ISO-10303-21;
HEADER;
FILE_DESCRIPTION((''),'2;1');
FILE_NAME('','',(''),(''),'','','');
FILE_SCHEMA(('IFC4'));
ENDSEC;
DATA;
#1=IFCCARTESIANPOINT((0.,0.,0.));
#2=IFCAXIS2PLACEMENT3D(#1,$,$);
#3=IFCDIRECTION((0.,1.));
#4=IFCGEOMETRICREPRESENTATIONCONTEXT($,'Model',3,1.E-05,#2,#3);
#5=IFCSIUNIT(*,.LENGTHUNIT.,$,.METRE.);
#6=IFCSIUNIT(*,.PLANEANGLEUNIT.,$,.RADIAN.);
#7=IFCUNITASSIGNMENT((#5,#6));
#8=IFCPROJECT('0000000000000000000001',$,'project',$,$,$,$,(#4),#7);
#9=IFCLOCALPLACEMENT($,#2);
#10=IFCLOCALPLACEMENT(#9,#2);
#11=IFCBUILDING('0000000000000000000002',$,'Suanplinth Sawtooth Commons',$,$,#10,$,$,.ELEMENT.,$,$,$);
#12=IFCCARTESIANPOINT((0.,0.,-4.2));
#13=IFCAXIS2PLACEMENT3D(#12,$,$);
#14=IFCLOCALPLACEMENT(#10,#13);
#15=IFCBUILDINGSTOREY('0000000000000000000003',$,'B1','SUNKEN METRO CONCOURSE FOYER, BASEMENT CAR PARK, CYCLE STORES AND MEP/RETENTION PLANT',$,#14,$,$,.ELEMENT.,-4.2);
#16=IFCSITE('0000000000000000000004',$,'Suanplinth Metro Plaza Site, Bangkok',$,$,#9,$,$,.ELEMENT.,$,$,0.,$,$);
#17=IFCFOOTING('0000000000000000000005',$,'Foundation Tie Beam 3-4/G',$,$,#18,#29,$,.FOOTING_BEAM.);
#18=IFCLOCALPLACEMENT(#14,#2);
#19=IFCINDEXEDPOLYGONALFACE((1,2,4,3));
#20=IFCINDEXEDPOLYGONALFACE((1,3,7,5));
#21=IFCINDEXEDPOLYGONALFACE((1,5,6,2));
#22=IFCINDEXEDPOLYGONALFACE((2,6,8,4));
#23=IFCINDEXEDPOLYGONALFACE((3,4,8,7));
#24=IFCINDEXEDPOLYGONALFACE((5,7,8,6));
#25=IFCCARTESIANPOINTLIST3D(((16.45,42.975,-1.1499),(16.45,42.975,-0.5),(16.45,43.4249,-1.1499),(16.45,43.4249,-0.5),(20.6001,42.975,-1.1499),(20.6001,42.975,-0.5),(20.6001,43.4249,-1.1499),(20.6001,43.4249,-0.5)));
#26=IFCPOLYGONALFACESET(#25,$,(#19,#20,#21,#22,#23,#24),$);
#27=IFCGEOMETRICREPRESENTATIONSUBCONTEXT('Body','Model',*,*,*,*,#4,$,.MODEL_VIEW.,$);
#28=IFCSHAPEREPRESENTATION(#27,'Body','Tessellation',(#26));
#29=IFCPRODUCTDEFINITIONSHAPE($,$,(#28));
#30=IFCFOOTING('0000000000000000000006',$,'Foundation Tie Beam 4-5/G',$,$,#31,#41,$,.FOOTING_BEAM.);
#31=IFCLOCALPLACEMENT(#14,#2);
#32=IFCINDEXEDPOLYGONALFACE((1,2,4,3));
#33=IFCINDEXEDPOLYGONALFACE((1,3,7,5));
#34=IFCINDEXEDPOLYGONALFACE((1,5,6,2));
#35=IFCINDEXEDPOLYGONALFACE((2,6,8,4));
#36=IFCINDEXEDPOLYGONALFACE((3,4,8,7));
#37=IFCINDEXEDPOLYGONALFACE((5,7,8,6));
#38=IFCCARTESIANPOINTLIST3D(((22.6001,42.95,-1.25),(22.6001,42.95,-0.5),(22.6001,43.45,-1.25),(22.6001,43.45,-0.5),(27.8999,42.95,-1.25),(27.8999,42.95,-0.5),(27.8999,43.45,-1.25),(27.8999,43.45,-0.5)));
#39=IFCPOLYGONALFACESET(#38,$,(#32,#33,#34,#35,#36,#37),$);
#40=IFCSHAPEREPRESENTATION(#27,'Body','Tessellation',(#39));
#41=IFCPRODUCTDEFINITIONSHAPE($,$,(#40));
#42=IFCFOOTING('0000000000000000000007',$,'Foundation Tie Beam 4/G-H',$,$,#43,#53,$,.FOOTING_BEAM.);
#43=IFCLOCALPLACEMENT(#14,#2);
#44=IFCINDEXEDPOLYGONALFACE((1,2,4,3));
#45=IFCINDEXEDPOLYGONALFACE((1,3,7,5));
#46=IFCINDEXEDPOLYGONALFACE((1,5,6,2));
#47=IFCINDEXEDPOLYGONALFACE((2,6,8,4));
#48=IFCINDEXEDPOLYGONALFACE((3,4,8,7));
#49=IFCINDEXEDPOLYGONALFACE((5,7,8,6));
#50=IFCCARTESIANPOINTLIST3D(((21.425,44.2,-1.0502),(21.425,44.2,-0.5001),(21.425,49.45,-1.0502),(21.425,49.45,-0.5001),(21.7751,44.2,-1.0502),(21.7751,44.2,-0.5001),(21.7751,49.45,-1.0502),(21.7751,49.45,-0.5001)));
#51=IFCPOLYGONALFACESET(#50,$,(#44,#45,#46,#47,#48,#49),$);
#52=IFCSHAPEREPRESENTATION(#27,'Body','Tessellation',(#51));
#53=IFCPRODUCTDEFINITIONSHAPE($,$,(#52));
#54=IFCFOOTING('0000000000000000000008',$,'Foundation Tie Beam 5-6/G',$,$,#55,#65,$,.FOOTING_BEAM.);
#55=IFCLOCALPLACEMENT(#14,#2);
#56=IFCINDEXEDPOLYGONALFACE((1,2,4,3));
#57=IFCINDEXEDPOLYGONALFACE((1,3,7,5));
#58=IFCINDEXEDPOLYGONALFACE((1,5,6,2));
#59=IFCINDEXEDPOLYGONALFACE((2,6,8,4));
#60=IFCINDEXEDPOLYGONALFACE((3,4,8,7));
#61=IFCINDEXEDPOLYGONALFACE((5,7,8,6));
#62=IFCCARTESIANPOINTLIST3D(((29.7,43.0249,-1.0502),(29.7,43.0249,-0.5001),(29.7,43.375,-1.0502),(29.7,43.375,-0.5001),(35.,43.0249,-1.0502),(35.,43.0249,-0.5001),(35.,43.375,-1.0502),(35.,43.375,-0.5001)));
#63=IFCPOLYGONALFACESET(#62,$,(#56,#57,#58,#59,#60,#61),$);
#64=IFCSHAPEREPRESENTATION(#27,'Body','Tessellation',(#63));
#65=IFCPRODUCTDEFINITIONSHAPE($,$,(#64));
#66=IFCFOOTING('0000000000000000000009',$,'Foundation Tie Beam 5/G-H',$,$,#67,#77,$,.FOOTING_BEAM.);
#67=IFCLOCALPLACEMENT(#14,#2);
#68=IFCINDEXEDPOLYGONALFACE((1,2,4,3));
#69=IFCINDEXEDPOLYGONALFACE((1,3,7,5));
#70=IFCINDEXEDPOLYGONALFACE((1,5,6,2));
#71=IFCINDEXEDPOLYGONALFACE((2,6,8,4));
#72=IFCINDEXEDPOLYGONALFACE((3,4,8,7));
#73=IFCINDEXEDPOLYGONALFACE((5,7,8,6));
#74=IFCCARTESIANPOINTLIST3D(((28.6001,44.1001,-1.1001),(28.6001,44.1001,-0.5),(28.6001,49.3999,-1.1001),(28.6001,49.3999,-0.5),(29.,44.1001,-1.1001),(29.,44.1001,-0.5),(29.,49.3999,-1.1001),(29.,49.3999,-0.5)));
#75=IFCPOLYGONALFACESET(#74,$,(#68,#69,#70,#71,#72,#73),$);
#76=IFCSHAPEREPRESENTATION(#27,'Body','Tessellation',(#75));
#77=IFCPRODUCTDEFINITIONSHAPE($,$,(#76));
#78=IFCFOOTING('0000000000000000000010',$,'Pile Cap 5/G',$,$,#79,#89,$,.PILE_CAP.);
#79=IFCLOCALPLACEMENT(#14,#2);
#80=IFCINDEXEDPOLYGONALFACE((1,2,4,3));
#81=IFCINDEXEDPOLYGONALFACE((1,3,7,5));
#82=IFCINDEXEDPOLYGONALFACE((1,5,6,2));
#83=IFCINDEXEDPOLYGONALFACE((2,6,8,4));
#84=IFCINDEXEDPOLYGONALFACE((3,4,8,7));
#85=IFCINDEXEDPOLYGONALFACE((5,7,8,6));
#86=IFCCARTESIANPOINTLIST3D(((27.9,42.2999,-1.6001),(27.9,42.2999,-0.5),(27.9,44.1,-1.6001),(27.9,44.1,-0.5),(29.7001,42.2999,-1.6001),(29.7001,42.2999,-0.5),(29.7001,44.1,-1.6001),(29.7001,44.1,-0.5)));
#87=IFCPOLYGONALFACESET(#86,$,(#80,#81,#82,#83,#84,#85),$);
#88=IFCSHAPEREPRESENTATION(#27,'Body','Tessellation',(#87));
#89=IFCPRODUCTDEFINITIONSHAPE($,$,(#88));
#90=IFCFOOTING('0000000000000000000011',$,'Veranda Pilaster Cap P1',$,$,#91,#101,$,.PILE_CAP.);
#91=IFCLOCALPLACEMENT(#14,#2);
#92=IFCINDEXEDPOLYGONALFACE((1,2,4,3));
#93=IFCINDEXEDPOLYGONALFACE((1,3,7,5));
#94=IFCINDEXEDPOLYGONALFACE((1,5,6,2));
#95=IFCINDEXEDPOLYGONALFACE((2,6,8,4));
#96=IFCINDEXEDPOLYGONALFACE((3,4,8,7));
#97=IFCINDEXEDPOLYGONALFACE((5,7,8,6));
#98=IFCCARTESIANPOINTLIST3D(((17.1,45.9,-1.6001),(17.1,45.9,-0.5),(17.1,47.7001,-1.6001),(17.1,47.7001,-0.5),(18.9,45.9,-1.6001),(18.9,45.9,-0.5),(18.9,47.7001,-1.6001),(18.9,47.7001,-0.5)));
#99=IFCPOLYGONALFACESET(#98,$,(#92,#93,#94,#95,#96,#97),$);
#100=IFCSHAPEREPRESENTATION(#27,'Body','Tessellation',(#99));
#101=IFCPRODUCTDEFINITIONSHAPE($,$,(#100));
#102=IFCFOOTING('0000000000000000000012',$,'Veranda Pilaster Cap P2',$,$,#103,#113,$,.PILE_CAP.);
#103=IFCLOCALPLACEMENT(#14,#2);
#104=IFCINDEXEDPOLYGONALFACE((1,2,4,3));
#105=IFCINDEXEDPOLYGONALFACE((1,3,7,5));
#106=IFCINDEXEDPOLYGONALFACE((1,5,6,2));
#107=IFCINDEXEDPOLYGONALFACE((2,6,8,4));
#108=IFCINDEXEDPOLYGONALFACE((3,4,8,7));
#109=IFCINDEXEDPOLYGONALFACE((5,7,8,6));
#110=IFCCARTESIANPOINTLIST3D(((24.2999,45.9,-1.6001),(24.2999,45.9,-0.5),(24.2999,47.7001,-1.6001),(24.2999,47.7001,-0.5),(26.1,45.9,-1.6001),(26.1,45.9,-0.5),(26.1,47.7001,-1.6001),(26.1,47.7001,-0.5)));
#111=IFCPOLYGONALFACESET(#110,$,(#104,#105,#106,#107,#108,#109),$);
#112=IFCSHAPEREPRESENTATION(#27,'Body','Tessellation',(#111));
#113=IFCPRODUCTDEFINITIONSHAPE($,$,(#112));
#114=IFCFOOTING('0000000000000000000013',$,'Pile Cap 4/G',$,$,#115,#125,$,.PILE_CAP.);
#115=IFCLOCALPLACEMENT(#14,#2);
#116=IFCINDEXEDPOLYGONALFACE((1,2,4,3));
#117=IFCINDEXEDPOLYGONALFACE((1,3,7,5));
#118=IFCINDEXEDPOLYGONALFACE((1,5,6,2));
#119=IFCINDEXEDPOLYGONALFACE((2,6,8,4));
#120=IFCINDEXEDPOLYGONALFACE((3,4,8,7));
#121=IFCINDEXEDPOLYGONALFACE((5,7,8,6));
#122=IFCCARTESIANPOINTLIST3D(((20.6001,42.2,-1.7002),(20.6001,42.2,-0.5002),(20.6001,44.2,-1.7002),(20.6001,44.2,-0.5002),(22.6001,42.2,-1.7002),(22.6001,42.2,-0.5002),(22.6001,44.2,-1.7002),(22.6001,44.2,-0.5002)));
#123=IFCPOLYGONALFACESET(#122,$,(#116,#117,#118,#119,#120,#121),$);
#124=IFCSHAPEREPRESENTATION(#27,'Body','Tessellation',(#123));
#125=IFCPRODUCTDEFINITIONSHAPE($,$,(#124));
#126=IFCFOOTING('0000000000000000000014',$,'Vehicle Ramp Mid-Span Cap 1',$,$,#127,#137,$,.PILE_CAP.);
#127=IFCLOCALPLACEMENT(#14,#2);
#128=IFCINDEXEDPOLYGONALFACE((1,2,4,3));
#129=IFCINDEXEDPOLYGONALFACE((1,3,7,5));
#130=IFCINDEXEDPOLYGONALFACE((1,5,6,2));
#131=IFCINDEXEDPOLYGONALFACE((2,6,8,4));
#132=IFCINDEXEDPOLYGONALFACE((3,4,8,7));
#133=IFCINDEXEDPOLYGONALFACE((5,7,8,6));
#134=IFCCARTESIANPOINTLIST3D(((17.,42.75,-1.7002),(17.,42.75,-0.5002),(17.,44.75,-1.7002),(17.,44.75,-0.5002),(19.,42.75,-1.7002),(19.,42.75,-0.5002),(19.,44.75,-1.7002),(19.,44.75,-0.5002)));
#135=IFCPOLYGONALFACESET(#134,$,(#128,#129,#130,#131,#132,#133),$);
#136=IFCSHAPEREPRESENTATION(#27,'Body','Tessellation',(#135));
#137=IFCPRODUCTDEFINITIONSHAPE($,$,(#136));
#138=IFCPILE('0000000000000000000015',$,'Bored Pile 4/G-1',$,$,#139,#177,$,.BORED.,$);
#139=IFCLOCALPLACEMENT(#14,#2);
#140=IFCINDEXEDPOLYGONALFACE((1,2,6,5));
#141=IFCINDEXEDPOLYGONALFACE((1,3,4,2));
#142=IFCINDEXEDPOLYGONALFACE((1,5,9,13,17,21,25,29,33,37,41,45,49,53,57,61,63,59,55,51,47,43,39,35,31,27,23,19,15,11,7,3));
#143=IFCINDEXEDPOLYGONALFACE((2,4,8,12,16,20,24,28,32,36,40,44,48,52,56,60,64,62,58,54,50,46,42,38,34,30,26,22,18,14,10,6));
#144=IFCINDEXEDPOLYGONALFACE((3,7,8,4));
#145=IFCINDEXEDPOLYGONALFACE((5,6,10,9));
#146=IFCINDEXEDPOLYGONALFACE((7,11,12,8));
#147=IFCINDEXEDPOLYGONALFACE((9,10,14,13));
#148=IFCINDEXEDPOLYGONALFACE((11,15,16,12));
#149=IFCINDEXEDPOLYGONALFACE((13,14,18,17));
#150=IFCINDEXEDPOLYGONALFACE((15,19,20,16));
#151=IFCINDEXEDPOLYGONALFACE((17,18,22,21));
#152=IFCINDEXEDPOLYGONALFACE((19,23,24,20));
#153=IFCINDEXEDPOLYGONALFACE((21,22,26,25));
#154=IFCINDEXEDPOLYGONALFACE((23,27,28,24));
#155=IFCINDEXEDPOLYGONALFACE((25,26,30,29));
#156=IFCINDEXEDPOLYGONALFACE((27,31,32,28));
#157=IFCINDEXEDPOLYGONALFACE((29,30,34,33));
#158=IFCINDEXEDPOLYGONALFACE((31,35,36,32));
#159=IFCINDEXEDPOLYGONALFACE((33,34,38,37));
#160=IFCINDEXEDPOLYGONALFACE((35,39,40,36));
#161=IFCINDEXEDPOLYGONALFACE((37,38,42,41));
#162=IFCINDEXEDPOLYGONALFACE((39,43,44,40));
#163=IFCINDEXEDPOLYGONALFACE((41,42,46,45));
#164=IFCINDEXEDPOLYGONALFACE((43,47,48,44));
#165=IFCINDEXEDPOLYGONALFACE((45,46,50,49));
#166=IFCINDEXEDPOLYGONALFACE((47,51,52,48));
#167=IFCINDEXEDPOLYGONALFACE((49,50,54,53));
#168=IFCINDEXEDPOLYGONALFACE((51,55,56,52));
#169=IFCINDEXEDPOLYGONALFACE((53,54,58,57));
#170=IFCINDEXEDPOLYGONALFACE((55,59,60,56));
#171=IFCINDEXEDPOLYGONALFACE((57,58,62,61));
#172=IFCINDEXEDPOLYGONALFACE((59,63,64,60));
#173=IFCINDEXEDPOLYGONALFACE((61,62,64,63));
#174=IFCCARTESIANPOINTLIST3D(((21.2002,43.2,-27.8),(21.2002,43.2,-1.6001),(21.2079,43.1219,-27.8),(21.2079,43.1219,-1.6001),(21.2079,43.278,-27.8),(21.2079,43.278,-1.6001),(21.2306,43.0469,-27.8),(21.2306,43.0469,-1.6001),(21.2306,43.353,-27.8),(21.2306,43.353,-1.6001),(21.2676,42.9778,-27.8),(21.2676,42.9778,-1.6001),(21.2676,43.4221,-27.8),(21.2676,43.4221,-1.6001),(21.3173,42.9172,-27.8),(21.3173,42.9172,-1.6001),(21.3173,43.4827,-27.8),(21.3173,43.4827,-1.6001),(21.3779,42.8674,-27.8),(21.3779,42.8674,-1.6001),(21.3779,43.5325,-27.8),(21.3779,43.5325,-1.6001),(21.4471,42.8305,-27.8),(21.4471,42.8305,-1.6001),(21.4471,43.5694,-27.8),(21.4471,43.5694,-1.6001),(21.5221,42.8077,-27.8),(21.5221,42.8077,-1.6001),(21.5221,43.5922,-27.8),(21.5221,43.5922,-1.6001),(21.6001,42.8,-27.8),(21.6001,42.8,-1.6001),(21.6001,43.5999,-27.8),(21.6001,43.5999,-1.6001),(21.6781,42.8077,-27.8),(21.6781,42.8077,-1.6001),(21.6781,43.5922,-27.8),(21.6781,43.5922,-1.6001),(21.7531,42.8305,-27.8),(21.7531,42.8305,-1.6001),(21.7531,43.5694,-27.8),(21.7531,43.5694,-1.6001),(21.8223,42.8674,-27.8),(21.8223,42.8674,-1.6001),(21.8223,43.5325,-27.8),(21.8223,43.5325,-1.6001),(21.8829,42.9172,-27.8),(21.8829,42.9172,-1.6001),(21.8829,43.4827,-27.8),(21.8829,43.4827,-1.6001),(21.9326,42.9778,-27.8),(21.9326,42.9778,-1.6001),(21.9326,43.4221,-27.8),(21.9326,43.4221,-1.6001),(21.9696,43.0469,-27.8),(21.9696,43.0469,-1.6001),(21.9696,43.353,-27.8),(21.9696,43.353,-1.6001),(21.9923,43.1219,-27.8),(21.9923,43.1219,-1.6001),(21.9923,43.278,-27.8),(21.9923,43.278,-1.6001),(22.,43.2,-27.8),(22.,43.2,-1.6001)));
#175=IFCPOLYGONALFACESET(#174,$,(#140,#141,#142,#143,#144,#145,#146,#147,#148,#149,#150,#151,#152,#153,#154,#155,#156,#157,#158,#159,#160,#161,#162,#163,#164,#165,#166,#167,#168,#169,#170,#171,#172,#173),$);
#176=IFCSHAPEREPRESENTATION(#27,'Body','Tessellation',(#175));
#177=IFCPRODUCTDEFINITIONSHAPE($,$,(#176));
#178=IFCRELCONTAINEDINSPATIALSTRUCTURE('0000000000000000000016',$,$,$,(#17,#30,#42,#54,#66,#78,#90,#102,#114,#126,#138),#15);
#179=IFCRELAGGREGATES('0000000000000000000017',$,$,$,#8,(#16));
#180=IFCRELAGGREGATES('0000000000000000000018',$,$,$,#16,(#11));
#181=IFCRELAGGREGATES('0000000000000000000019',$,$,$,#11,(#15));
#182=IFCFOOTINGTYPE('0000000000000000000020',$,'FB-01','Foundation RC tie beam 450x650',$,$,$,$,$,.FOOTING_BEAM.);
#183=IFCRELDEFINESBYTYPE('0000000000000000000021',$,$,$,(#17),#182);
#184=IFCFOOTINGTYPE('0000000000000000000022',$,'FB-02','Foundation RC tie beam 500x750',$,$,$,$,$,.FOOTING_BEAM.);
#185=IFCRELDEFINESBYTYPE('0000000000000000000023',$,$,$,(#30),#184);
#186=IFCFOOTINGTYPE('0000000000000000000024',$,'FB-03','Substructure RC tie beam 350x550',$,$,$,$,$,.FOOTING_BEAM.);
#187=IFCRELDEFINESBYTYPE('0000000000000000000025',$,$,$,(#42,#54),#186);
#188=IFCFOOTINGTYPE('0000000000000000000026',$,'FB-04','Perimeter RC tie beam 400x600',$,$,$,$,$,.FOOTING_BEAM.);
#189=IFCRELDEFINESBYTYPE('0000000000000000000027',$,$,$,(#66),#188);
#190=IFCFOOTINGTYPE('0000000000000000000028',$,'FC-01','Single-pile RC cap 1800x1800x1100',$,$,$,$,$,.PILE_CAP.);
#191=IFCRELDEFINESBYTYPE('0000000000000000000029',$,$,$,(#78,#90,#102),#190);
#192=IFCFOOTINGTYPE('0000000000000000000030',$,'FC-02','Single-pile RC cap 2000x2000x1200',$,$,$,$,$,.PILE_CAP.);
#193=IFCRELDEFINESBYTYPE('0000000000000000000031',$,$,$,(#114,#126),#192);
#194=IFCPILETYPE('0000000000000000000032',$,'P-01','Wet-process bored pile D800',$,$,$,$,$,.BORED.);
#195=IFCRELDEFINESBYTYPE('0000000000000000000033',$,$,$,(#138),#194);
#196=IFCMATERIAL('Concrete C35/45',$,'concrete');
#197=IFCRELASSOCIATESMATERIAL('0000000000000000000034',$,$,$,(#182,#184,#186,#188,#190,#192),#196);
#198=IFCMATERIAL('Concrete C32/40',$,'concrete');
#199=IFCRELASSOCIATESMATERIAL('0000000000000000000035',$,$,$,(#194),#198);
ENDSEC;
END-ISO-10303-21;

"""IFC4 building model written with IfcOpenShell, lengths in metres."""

from ifc_helpers import new_model, si_unit, direction, frame, origin, origin_2d, place, context, subcontext, project, spatial, rectangle, circle, extrude, material, material_profile, profile_set, type_object, element, save


model = new_model("IFC4")

# Units and contexts
model_context = context("Model", 3, precision=1e-05, world=origin(), true_north=direction((0.0, 1.0)))
body_context = subcontext(model_context, "Body", "Model", "MODEL_VIEW")
ifc_project = project(units=[si_unit("LENGTHUNIT", "METRE"), si_unit("PLANEANGLEUNIT", "RADIAN")], contexts=[model_context])

# Site, building, storey
site_placement = place(None, origin())
site = spatial("IfcSite", under=ifc_project, at=site_placement, Name="Suanplinth Metro Plaza Site, Bangkok", CompositionType="ELEMENT", RefElevation=0.0)
building_placement = place(site_placement, origin())
building = spatial("IfcBuilding", under=site, at=building_placement, Name="Suanplinth Sawtooth Commons", CompositionType="ELEMENT")
storey_placement = place(building_placement, frame((0.0, 0.0, -4.2)))
storey = spatial("IfcBuildingStorey", under=building, at=storey_placement, Name="B1", Description="SUNKEN METRO CONCOURSE FOYER, BASEMENT CAR PARK, CYCLE STORES AND MEP/RETENTION PLANT", CompositionType="ELEMENT", Elevation=-4.2)

# Footings
ifc_material_1 = material(Name="Concrete C35/45", Category="concrete")
ifc_material_profile_1 = material_profile(ifc_material_1, rectangle(XDim=0.45, YDim=0.6499, at=origin_2d()), Name="PC-GDR 450x650")
ifc_profile_set_1 = profile_set([ifc_material_profile_1], Name="Concrete C35/45")
footing_type_1 = type_object("IfcFootingType", Name="FB-01", Description="Foundation RC tie beam 450x650", PredefinedType="FOOTING_BEAM", material=ifc_profile_set_1)
footing_1_placement = place(storey_placement, frame((16.45, 43.2, -0.825), z_axis=(1.0, 0.0, 0.0), x_axis=(0.0, 1.0, 0.0)))
element("IfcFooting", 1, at=footing_1_placement, inside=storey, type_object=footing_type_1, Name="Foundation Tie Beam 3-4/G", PredefinedType="FOOTING_BEAM", context=body_context, shape_type="SweptSolid", body=[
    extrude(rectangle(XDim=0.45, YDim=0.6499, at=origin_2d()), origin(), (0.0, 0.0, 1.0), 4.1501),
])
ifc_material_profile_2 = material_profile(ifc_material_1, rectangle(XDim=0.5, YDim=0.75, at=origin_2d()), Name="RC-GDR 500x750")
ifc_profile_set_2 = profile_set([ifc_material_profile_2], Name="Concrete C35/45")
footing_type_2 = type_object("IfcFootingType", Name="FB-02", Description="Foundation RC tie beam 500x750", PredefinedType="FOOTING_BEAM", material=ifc_profile_set_2)
footing_2_placement = place(storey_placement, frame((22.6001, 43.2, -0.875), z_axis=(1.0, 0.0, 0.0), x_axis=(0.0, 1.0, 0.0)))
element("IfcFooting", 2, at=footing_2_placement, inside=storey, type_object=footing_type_2, Name="Foundation Tie Beam 4-5/G", PredefinedType="FOOTING_BEAM", context=body_context, shape_type="SweptSolid", body=[
    extrude(rectangle(XDim=0.5, YDim=0.75, at=origin_2d()), origin(), (0.0, 0.0, 1.0), 5.2998),
])
ifc_material_profile_3 = material_profile(ifc_material_1, rectangle(XDim=0.3501, YDim=0.55, at=origin_2d()), Name="PC-BM 350x550")
ifc_profile_set_3 = profile_set([ifc_material_profile_3], Name="Concrete C35/45")
footing_type_3 = type_object("IfcFootingType", Name="FB-03", Description="Substructure RC tie beam 350x550", PredefinedType="FOOTING_BEAM", material=ifc_profile_set_3)
footing_3_placement = place(storey_placement, frame((21.6001, 44.2, -0.7751), z_axis=(0.0, 1.0, 0.0), x_axis=(-1.0, 0.0, 0.0)))
element("IfcFooting", 3, at=footing_3_placement, inside=storey, type_object=footing_type_3, Name="Foundation Tie Beam 4/G-H", PredefinedType="FOOTING_BEAM", context=body_context, shape_type="SweptSolid", body=[
    extrude(rectangle(XDim=0.3501, YDim=0.55, at=origin_2d()), origin(), (0.0, 0.0, 1.0), 5.25),
])
footing_4_placement = place(storey_placement, frame((29.7, 43.2, -0.7751), z_axis=(1.0, 0.0, 0.0), x_axis=(0.0, 1.0, 0.0)))
element("IfcFooting", 4, at=footing_4_placement, inside=storey, type_object=footing_type_3, Name="Foundation Tie Beam 5-6/G", PredefinedType="FOOTING_BEAM", context=body_context, shape_type="SweptSolid", body=[
    extrude(rectangle(XDim=0.3501, YDim=0.55, at=origin_2d()), origin(), (0.0, 0.0, 1.0), 5.3),
])
ifc_material_profile_4 = material_profile(ifc_material_1, rectangle(XDim=0.3999, YDim=0.6001, at=origin_2d()), Name="PC-GDR 400x600")
ifc_profile_set_4 = profile_set([ifc_material_profile_4], Name="Concrete C35/45")
footing_type_4 = type_object("IfcFootingType", Name="FB-04", Description="Perimeter RC tie beam 400x600", PredefinedType="FOOTING_BEAM", material=ifc_profile_set_4)
footing_5_placement = place(storey_placement, frame((28.8, 44.1001, -0.8), z_axis=(0.0, 1.0, 0.0), x_axis=(-1.0, 0.0, 0.0)))
element("IfcFooting", 5, at=footing_5_placement, inside=storey, type_object=footing_type_4, Name="Foundation Tie Beam 5/G-H", PredefinedType="FOOTING_BEAM", context=body_context, shape_type="SweptSolid", body=[
    extrude(rectangle(XDim=0.3999, YDim=0.6001, at=origin_2d()), origin(), (0.0, 0.0, 1.0), 5.2998),
])
footing_type_5 = type_object("IfcFootingType", Name="FC-01", Description="Single-pile RC cap 1800x1800x1100", PredefinedType="PILE_CAP", material=ifc_material_1)
for number, where, z_axis, x_axis, name in (
    (6, (28.8, 43.2, -1.6001), (0.0, 0.0, 1.0), (1.0, 0.0, 0.0), "Pile Cap 5/G"),
    (7, (18.0, 46.8, -1.6001), (0.0, 0.0, 1.0), (1.0, 0.0, 0.0), "Veranda Pilaster Cap P1"),
    (8, (25.2, 46.8, -1.6001), (0.0, 0.0, 1.0), (1.0, 0.0, 0.0), "Veranda Pilaster Cap P2"),
):
    element("IfcFooting", number, at=place(storey_placement, frame(where, z_axis=z_axis, x_axis=x_axis)), inside=storey, type_object=footing_type_5, Name=name, PredefinedType="PILE_CAP", context=body_context, shape_type="SweptSolid", body=[
        extrude(rectangle(XDim=1.8, YDim=1.8, at=origin_2d()), origin(), (0.0, 0.0, 1.0), 1.1001),
    ])
footing_type_6 = type_object("IfcFootingType", Name="FC-02", Description="Single-pile RC cap 2000x2000x1200", PredefinedType="PILE_CAP", material=ifc_material_1)
for number, where, z_axis, x_axis, name in (
    (9, (21.6001, 43.2, -1.7002), (0.0, 0.0, 1.0), (1.0, 0.0, 0.0), "Pile Cap 4/G"),
    (10, (18.0, 43.75, -1.7002), (0.0, 0.0, 1.0), (1.0, 0.0, 0.0), "Vehicle Ramp Mid-Span Cap 1"),
):
    element("IfcFooting", number, at=place(storey_placement, frame(where, z_axis=z_axis, x_axis=x_axis)), inside=storey, type_object=footing_type_6, Name=name, PredefinedType="PILE_CAP", context=body_context, shape_type="SweptSolid", body=[
        extrude(rectangle(XDim=2.0, YDim=2.0, at=origin_2d()), origin(), (0.0, 0.0, 1.0), 1.2),
    ])

# Pile
ifc_material_2 = material(Name="Concrete C32/40", Category="concrete")
ifc_material_profile_5 = material_profile(ifc_material_2, circle(Radius=0.3999, at=origin_2d()), Name="PILE D800")
ifc_profile_set_5 = profile_set([ifc_material_profile_5], Name="Concrete C32/40")
pile_type = type_object("IfcPileType", Name="P-01", Description="Wet-process bored pile D800", PredefinedType="BORED", material=ifc_profile_set_5)
pile_1_placement = place(storey_placement, frame((21.6001, 43.2, -1.6001), z_axis=(0.0, 0.0, -1.0), x_axis=(1.0, 0.0, 0.0)))
element("IfcPile", 11, at=pile_1_placement, inside=storey, type_object=pile_type, Name="Bored Pile 4/G-1", PredefinedType="BORED", context=body_context, shape_type="SweptSolid", body=[
    extrude(circle(Radius=0.3999, at=origin_2d()), origin(), (0.0, 0.0, 1.0), 26.2),
])

save(model, "model.ifc")
